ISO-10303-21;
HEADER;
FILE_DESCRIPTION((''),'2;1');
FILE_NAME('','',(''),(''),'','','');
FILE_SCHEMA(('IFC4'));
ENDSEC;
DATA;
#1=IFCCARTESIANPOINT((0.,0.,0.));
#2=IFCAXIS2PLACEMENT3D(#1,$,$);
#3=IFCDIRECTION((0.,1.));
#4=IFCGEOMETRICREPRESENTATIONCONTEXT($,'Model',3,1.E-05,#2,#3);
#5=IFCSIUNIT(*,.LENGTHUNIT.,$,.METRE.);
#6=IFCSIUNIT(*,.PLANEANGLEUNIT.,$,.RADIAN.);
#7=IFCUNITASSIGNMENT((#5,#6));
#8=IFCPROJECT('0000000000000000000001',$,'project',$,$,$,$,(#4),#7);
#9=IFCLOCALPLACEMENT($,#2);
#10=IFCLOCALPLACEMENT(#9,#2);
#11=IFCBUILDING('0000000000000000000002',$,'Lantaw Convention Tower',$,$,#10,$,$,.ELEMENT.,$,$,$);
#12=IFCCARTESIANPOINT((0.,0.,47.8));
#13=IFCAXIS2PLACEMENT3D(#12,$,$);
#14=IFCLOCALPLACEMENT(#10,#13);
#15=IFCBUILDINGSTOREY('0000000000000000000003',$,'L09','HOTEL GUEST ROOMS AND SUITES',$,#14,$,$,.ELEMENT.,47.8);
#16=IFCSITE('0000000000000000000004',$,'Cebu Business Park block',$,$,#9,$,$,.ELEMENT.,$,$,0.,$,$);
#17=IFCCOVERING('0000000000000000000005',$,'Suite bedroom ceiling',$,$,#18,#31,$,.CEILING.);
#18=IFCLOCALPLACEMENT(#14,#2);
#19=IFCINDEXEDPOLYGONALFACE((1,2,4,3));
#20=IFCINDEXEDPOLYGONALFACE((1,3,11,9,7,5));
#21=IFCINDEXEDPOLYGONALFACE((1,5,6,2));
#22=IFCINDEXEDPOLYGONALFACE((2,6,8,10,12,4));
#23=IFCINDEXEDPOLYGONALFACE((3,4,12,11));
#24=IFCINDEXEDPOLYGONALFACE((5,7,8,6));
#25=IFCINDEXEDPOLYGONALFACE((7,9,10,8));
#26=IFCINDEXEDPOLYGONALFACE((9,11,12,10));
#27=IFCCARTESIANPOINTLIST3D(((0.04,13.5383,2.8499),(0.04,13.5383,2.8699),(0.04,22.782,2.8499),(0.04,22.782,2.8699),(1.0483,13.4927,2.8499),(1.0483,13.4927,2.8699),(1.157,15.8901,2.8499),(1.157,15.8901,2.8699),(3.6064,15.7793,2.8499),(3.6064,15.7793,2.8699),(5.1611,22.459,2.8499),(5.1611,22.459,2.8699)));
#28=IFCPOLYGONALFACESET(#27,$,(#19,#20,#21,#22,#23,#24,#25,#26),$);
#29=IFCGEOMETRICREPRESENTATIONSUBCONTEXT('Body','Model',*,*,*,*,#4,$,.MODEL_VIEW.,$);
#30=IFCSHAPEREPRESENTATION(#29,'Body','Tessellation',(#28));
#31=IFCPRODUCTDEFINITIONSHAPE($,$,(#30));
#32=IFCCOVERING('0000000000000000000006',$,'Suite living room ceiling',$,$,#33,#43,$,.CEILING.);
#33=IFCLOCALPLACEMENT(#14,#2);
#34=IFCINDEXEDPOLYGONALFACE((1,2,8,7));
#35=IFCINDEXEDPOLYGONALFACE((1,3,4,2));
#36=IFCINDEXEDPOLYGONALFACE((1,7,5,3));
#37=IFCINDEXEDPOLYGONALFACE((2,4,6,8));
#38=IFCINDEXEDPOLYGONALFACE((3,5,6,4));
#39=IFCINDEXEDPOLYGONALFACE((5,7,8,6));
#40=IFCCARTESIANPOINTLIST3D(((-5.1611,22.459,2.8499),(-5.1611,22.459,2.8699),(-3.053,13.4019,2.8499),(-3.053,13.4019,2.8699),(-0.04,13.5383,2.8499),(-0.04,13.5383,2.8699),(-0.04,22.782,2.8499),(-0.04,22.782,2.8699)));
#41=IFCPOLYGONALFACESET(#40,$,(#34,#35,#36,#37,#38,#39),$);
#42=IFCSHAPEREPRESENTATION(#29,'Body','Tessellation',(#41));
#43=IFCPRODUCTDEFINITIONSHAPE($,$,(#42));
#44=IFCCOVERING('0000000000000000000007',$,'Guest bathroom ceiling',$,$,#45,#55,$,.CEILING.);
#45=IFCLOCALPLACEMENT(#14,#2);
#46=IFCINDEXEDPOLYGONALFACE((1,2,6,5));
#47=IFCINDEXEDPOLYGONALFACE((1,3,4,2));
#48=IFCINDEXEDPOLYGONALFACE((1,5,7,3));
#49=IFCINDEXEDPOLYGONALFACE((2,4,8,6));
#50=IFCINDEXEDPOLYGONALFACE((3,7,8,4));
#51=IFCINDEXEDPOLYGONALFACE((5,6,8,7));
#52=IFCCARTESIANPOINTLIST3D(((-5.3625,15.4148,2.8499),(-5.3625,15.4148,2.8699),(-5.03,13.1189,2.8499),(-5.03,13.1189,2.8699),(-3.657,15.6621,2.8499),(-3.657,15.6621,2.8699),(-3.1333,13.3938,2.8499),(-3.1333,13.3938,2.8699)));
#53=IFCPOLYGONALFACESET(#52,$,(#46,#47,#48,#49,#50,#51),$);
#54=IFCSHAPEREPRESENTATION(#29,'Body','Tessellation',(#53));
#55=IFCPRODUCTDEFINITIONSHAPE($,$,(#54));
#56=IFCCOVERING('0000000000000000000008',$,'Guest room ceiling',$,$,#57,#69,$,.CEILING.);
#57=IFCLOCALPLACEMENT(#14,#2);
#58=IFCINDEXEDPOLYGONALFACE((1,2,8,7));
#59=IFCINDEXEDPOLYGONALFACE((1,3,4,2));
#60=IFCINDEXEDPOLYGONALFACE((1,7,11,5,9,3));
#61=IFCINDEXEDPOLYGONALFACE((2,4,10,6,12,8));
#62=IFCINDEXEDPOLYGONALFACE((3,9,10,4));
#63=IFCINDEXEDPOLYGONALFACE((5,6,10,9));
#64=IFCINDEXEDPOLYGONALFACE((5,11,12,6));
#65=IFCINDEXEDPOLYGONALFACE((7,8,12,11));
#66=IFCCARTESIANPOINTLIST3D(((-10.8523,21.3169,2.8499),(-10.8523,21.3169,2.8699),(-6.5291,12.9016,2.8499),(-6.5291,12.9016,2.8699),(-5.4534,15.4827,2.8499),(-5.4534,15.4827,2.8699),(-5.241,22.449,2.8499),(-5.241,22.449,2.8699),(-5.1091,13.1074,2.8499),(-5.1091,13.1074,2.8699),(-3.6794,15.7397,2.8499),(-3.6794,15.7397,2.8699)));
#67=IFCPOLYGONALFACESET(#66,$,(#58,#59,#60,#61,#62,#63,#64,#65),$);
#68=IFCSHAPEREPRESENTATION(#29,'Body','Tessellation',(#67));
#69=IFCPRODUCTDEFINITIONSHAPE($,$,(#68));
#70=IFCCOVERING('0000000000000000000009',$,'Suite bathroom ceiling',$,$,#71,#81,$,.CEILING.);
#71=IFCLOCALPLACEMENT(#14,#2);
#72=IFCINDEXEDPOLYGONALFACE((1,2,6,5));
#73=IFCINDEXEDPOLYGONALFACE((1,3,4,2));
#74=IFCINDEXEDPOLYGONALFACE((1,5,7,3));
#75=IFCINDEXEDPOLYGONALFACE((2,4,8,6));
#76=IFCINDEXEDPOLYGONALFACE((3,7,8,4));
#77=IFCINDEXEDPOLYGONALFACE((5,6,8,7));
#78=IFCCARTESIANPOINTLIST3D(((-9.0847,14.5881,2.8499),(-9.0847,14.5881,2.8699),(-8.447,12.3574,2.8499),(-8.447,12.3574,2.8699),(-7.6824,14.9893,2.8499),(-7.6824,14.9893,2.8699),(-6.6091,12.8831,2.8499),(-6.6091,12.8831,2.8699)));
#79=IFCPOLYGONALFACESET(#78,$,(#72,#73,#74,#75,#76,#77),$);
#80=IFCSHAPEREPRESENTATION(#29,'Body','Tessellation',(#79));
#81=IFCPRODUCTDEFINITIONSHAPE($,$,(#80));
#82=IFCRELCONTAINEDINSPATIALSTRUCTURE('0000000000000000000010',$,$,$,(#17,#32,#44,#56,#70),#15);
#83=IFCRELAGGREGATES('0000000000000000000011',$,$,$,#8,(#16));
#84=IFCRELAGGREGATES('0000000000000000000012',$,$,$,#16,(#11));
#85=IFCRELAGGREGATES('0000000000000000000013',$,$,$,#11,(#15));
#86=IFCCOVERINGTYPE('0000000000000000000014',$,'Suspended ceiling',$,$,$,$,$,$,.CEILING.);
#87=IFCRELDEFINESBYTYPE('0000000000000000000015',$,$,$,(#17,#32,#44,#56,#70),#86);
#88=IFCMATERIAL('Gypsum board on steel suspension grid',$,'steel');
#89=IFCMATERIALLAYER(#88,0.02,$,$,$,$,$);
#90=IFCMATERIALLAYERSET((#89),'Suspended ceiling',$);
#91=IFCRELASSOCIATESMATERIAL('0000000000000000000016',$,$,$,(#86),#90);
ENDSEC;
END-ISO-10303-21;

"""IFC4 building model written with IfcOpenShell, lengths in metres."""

from ifc_helpers import new_model, si_unit, direction, frame, origin, place, context, subcontext, project, spatial, polyline, outline, extrude, material, layer, layer_set, type_object, element, save


model = new_model("IFC4")

# Units and contexts
model_context = context("Model", 3, precision=1e-05, world=origin(), true_north=direction((0.0, 1.0)))
body_context = subcontext(model_context, "Body", "Model", "MODEL_VIEW")
ifc_project = project(units=[si_unit("LENGTHUNIT", "METRE"), si_unit("PLANEANGLEUNIT", "RADIAN")], contexts=[model_context])

# Site, building, storey
site_placement = place(None, origin())
site = spatial("IfcSite", under=ifc_project, at=site_placement, Name="Cebu Business Park block", CompositionType="ELEMENT", RefElevation=0.0)
building_placement = place(site_placement, origin())
building = spatial("IfcBuilding", under=site, at=building_placement, Name="Lantaw Convention Tower", CompositionType="ELEMENT")
storey_placement = place(building_placement, frame((0.0, 0.0, 47.8)))
storey = spatial("IfcBuildingStorey", under=building, at=storey_placement, Name="L09", Description="HOTEL GUEST ROOMS AND SUITES", CompositionType="ELEMENT", Elevation=47.8)

# Coverings
ifc_material_1 = material(Name="Gypsum board on steel suspension grid", Category="steel")
ifc_layer_1 = layer(ifc_material_1, 0.02)
ifc_layer_set_1 = layer_set([ifc_layer_1], Name="Suspended ceiling")
covering_type = type_object("IfcCoveringType", Name="Suspended ceiling", PredefinedType="CEILING", material=ifc_layer_set_1)
covering_1_placement = place(storey_placement, frame((0.0, 0.0, 2.8499)))
element("IfcCovering", 1, at=covering_1_placement, inside=storey, type_object=covering_type, Name="Suite bedroom ceiling", PredefinedType="CEILING", context=body_context, shape_type="SweptSolid", body=[
    extrude(outline(polyline([(0.04, 13.5383), (1.0483, 13.4927), (1.157, 15.8901), (3.6064, 15.7793), (5.1611, 22.459), (0.04, 22.782), (0.04, 13.5383)])), origin(), (0.0, 0.0, 1.0), 0.02),
])
covering_2_placement = place(storey_placement, frame((0.0, 0.0, 2.8499)))
element("IfcCovering", 2, at=covering_2_placement, inside=storey, type_object=covering_type, Name="Suite living room ceiling", PredefinedType="CEILING", context=body_context, shape_type="SweptSolid", body=[
    extrude(outline(polyline([(-0.04, 13.5383), (-0.04, 22.782), (-5.1611, 22.459), (-3.053, 13.4019), (-0.04, 13.5383)])), origin(), (0.0, 0.0, 1.0), 0.02),
])
covering_3_placement = place(storey_placement, frame((0.0, 0.0, 2.8499)))
element("IfcCovering", 3, at=covering_3_placement, inside=storey, type_object=covering_type, Name="Guest bathroom ceiling", PredefinedType="CEILING", context=body_context, shape_type="SweptSolid", body=[
    extrude(outline(polyline([(-3.1333, 13.3938), (-3.657, 15.6621), (-5.3625, 15.4148), (-5.03, 13.1189), (-3.1333, 13.3938)])), origin(), (0.0, 0.0, 1.0), 0.02),
])
covering_4_placement = place(storey_placement, frame((0.0, 0.0, 2.8499)))
element("IfcCovering", 4, at=covering_4_placement, inside=storey, type_object=covering_type, Name="Guest room ceiling", PredefinedType="CEILING", context=body_context, shape_type="SweptSolid", body=[
    extrude(outline(polyline([(-6.5291, 12.9016), (-5.1091, 13.1074), (-5.4534, 15.4827), (-3.6794, 15.7397), (-5.241, 22.449), (-10.8523, 21.3169), (-6.5291, 12.9016)])), origin(), (0.0, 0.0, 1.0), 0.02),
])
covering_5_placement = place(storey_placement, frame((0.0, 0.0, 2.8499)))
element("IfcCovering", 5, at=covering_5_placement, inside=storey, type_object=covering_type, Name="Suite bathroom ceiling", PredefinedType="CEILING", context=body_context, shape_type="SweptSolid", body=[
    extrude(outline(polyline([(-6.6091, 12.8831), (-7.6824, 14.9893), (-9.0847, 14.5881), (-8.447, 12.3574), (-6.6091, 12.8831)])), origin(), (0.0, 0.0, 1.0), 0.02),
])

save(model, "model.ifc")
